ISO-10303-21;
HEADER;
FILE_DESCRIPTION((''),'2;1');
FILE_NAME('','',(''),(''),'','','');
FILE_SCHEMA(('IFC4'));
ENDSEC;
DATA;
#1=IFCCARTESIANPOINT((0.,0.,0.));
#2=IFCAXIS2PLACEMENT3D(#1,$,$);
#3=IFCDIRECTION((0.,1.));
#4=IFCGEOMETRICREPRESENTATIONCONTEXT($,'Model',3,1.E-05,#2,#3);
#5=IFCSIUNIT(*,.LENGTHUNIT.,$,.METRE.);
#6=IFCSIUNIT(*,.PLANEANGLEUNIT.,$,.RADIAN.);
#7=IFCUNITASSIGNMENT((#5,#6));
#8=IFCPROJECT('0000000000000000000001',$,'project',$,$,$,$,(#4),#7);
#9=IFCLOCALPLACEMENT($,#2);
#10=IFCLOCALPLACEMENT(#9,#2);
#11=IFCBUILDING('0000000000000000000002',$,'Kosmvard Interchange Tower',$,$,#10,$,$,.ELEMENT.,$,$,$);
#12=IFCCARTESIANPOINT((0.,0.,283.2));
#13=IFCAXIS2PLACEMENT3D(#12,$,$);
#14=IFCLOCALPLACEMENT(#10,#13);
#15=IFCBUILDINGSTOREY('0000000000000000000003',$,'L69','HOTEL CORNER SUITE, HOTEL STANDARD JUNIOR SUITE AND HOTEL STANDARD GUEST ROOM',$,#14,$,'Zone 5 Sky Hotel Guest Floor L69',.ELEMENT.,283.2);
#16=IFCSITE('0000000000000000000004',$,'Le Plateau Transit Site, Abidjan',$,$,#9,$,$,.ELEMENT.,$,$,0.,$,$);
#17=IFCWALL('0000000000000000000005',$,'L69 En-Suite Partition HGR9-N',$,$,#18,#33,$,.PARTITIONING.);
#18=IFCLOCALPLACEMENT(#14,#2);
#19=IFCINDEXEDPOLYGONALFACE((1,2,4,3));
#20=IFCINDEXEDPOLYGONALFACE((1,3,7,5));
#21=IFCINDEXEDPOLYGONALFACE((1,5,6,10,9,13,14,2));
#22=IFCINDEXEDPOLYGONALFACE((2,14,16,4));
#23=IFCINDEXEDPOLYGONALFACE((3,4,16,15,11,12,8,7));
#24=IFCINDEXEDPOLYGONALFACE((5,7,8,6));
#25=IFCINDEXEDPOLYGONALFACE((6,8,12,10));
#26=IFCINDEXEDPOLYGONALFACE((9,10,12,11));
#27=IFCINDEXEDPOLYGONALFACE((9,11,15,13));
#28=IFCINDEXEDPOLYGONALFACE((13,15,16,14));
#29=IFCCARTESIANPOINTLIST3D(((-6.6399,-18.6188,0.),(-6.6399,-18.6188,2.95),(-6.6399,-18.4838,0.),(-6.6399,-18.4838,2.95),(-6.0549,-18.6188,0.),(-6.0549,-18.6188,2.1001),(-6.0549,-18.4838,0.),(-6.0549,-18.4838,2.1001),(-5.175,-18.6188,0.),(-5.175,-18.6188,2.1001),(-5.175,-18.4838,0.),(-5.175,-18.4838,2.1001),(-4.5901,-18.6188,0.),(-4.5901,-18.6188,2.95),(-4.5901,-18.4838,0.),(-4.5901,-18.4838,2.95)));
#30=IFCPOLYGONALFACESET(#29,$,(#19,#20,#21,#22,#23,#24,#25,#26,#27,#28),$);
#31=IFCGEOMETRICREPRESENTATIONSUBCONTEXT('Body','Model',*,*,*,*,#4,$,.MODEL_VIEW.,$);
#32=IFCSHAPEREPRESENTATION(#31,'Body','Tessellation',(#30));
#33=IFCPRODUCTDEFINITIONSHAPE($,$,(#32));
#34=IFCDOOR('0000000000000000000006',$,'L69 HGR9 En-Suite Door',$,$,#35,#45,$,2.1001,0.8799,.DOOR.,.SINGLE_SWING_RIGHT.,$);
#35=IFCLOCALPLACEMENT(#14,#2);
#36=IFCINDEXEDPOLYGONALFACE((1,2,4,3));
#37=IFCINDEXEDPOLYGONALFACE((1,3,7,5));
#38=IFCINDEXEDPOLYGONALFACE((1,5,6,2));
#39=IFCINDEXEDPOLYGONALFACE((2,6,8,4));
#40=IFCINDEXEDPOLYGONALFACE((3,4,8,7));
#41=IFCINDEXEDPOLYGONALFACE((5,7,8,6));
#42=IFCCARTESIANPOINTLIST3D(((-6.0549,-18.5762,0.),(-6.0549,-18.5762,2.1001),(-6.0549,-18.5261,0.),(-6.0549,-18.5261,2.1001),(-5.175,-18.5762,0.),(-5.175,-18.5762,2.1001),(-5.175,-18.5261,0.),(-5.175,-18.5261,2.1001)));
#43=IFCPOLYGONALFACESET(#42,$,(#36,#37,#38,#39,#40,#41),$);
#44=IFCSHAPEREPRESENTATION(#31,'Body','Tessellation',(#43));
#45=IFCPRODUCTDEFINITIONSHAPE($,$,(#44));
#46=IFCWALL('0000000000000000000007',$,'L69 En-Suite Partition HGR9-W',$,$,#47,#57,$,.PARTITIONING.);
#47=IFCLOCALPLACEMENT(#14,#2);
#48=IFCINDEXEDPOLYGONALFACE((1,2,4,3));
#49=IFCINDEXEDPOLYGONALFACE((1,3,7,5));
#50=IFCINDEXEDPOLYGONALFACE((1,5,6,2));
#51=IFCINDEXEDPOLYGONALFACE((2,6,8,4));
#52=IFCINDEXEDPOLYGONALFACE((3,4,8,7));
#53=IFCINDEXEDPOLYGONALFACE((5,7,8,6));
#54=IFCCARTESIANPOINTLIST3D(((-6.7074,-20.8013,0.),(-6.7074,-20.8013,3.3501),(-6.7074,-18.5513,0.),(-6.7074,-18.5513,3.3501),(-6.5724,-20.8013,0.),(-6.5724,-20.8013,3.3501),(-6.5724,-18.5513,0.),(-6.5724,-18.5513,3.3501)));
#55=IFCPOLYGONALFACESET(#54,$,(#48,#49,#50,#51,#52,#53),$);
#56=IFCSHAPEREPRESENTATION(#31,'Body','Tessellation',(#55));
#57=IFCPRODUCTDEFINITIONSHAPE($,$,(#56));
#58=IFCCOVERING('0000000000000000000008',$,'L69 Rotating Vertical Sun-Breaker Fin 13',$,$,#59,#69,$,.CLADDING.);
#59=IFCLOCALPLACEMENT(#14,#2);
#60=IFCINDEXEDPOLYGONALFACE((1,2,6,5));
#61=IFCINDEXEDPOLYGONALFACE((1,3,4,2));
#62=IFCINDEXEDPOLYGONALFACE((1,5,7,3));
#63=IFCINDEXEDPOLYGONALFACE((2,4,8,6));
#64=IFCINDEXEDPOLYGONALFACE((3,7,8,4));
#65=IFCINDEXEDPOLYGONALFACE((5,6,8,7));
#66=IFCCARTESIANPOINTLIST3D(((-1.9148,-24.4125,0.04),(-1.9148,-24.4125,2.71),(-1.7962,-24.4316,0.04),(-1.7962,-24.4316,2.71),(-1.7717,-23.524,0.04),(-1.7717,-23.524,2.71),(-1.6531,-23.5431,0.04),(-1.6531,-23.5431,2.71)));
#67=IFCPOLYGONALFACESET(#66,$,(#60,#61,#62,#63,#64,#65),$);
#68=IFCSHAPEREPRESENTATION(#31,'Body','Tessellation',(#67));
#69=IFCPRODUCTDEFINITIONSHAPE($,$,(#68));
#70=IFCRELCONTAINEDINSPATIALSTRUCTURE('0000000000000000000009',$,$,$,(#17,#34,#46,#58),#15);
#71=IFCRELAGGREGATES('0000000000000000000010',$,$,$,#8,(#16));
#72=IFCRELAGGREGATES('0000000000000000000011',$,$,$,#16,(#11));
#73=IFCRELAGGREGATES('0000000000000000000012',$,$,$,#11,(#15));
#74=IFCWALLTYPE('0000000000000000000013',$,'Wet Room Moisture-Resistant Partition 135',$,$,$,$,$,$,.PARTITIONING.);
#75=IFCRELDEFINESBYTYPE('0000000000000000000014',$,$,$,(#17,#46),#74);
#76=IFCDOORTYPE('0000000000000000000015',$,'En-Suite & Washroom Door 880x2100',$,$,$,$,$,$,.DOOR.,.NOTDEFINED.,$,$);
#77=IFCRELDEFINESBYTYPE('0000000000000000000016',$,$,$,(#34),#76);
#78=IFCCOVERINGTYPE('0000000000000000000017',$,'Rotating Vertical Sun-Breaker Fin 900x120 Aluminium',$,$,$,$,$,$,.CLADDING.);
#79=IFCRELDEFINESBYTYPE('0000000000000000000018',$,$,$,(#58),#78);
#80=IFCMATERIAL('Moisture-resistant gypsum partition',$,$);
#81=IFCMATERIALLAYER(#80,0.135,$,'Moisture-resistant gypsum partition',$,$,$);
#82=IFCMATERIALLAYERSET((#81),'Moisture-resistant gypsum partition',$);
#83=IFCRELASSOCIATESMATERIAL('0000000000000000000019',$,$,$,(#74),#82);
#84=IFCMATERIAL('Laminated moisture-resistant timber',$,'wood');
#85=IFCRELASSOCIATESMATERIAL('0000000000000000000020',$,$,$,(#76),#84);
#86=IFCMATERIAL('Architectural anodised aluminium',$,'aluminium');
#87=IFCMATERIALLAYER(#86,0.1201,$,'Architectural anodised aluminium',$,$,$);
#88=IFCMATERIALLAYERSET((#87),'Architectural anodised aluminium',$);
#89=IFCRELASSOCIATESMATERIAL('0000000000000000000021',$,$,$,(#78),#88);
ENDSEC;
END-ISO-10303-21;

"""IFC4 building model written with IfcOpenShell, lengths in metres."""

from ifc_helpers import new_model, si_unit, direction, frame, frame_2d, origin, origin_2d, place, context, subcontext, project, spatial, rectangle, extrude, source, transform, mapped, material, layer, layer_set, type_object, element, fill, save


model = new_model("IFC4")

# Units and contexts
model_context = context("Model", 3, precision=1e-05, world=origin(), true_north=direction((0.0, 1.0)))
body_context = subcontext(model_context, "Body", "Model", "MODEL_VIEW")
ifc_project = project(units=[si_unit("LENGTHUNIT", "METRE"), si_unit("PLANEANGLEUNIT", "RADIAN")], contexts=[model_context])

# Site, building, storey
site_placement = place(None, origin())
site = spatial("IfcSite", under=ifc_project, at=site_placement, Name="Le Plateau Transit Site, Abidjan", CompositionType="ELEMENT", RefElevation=0.0)
building_placement = place(site_placement, origin())
building = spatial("IfcBuilding", under=site, at=building_placement, Name="Kosmvard Interchange Tower", CompositionType="ELEMENT")
storey_placement = place(building_placement, frame((0.0, 0.0, 283.2)))
storey = spatial("IfcBuildingStorey", under=building, at=storey_placement, Name="L69", Description="HOTEL CORNER SUITE, HOTEL STANDARD JUNIOR SUITE AND HOTEL STANDARD GUEST ROOM", LongName="Zone 5 Sky Hotel Guest Floor L69", CompositionType="ELEMENT", Elevation=283.2)

# Shared definitions
ifc_material_1 = material(Name="Laminated moisture-resistant timber", Category="wood")

# Shared definitions
ifc_material_2 = material(Name="Moisture-resistant gypsum partition")
ifc_layer_1 = layer(ifc_material_2, 0.135, Name="Moisture-resistant gypsum partition")
ifc_layer_set_1 = layer_set([ifc_layer_1], Name="Moisture-resistant gypsum partition")
wall_type_1 = type_object("IfcWallType", Name="Wet Room Moisture-Resistant Partition 135", PredefinedType="PARTITIONING", material=ifc_layer_set_1)

# Wall, opening, door
wall_1_placement = place(storey_placement, frame((-6.6399, -18.5513, 0.0), z_axis=(0.0, 0.0, 1.0), x_axis=(1.0, 0.0, 0.0)))
wall_1 = element("IfcWall", 1, at=wall_1_placement, inside=storey, type_object=wall_type_1, Name="L69 En-Suite Partition HGR9-N", PredefinedType="PARTITIONING", context=body_context, shape_type="SweptSolid", body=[
    extrude(rectangle(XDim=2.0498, YDim=0.135, at=frame_2d((1.0249, 0.0))), origin(), (0.0, 0.0, 1.0), 2.95),
])
opening_1_placement = place(wall_1_placement, frame((0.585, 0.0, 0.0)))
opening_1 = element("IfcOpeningElement", 2, at=opening_1_placement, cuts=wall_1, PredefinedType="OPENING", context=body_context, shape_type="SweptSolid", body=[
    extrude(rectangle(XDim=0.8799, YDim=2.1001, at=frame_2d((0.4399, 1.05))), frame((0.0, 0.0776, 0.0), z_axis=(0.0, -1.0, 0.0), x_axis=(1.0, 0.0, 0.0)), (0.0, 0.0, 1.0), 0.155),
])
door_type_1 = type_object("IfcDoorType", Name="En-Suite & Washroom Door 880x2100", OperationType="NOTDEFINED", PredefinedType="DOOR", material=ifc_material_1)
shared_shape_1 = source(origin(), body_context, "Body", "SweptSolid", [
    extrude(rectangle(XDim=0.8799, YDim=2.1001, at=frame_2d((0.4399, 1.05))), frame((0.0, 0.0249, 0.0), z_axis=(0.0, -1.0, 0.0), x_axis=(1.0, 0.0, 0.0)), (0.0, 0.0, 1.0), 0.05),
])
door_1_placement = place(opening_1_placement, frame((0.8799, 0.0, 0.0), z_axis=(0.0, 0.0, 1.0), x_axis=(-1.0, 0.0, 0.0)))
door_1 = element("IfcDoor", 3, at=door_1_placement, inside=storey, type_object=door_type_1, Name="L69 HGR9 En-Suite Door", OperationType="SINGLE_SWING_RIGHT", OverallHeight=2.1001, OverallWidth=0.8799, PredefinedType="DOOR", context=body_context, shape_type="MappedRepresentation", body=[
    mapped(shared_shape_1, transform((0.0, 0.0, 0.0), scale=1.0)),
])
fill(opening_1, door_1)

# Wall
wall_2_placement = place(storey_placement, frame((-6.6399, -20.8013, 0.0), z_axis=(0.0, 0.0, 1.0), x_axis=(0.0, 1.0, 0.0)))
element("IfcWall", 4, at=wall_2_placement, inside=storey, type_object=wall_type_1, Name="L69 En-Suite Partition HGR9-W", PredefinedType="PARTITIONING", context=body_context, shape_type="SweptSolid", body=[
    extrude(rectangle(XDim=2.25, YDim=0.135, at=frame_2d((1.125, 0.0))), origin(), (0.0, 0.0, 1.0), 3.3501),
])

# Covering
ifc_material_3 = material(Name="Architectural anodised aluminium", Category="aluminium")
ifc_layer_2 = layer(ifc_material_3, 0.1201, Name="Architectural anodised aluminium")
ifc_layer_set_2 = layer_set([ifc_layer_2], Name="Architectural anodised aluminium")
covering_type = type_object("IfcCoveringType", Name="Rotating Vertical Sun-Breaker Fin 900x120 Aluminium", PredefinedType="CLADDING", material=ifc_layer_set_2)
shared_shape_2 = source(origin(), body_context, "Body", "SweptSolid", [
    extrude(rectangle(XDim=0.8999, YDim=0.1201, at=origin_2d()), origin(), (0.0, 0.0, 1.0), 2.6699),
])
covering_placement = place(storey_placement, frame((-1.7839, -23.9778, 0.04), z_axis=(0.0, 0.0, 1.0), x_axis=(-0.15902, -0.987275, 0.0)))
element("IfcCovering", 5, at=covering_placement, inside=storey, type_object=covering_type, Name="L69 Rotating Vertical Sun-Breaker Fin 13", PredefinedType="CLADDING", context=body_context, shape_type="MappedRepresentation", body=[
    mapped(shared_shape_2, transform((0.0, 0.0, 0.0), scale=1.0)),
])

save(model, "model.ifc")
